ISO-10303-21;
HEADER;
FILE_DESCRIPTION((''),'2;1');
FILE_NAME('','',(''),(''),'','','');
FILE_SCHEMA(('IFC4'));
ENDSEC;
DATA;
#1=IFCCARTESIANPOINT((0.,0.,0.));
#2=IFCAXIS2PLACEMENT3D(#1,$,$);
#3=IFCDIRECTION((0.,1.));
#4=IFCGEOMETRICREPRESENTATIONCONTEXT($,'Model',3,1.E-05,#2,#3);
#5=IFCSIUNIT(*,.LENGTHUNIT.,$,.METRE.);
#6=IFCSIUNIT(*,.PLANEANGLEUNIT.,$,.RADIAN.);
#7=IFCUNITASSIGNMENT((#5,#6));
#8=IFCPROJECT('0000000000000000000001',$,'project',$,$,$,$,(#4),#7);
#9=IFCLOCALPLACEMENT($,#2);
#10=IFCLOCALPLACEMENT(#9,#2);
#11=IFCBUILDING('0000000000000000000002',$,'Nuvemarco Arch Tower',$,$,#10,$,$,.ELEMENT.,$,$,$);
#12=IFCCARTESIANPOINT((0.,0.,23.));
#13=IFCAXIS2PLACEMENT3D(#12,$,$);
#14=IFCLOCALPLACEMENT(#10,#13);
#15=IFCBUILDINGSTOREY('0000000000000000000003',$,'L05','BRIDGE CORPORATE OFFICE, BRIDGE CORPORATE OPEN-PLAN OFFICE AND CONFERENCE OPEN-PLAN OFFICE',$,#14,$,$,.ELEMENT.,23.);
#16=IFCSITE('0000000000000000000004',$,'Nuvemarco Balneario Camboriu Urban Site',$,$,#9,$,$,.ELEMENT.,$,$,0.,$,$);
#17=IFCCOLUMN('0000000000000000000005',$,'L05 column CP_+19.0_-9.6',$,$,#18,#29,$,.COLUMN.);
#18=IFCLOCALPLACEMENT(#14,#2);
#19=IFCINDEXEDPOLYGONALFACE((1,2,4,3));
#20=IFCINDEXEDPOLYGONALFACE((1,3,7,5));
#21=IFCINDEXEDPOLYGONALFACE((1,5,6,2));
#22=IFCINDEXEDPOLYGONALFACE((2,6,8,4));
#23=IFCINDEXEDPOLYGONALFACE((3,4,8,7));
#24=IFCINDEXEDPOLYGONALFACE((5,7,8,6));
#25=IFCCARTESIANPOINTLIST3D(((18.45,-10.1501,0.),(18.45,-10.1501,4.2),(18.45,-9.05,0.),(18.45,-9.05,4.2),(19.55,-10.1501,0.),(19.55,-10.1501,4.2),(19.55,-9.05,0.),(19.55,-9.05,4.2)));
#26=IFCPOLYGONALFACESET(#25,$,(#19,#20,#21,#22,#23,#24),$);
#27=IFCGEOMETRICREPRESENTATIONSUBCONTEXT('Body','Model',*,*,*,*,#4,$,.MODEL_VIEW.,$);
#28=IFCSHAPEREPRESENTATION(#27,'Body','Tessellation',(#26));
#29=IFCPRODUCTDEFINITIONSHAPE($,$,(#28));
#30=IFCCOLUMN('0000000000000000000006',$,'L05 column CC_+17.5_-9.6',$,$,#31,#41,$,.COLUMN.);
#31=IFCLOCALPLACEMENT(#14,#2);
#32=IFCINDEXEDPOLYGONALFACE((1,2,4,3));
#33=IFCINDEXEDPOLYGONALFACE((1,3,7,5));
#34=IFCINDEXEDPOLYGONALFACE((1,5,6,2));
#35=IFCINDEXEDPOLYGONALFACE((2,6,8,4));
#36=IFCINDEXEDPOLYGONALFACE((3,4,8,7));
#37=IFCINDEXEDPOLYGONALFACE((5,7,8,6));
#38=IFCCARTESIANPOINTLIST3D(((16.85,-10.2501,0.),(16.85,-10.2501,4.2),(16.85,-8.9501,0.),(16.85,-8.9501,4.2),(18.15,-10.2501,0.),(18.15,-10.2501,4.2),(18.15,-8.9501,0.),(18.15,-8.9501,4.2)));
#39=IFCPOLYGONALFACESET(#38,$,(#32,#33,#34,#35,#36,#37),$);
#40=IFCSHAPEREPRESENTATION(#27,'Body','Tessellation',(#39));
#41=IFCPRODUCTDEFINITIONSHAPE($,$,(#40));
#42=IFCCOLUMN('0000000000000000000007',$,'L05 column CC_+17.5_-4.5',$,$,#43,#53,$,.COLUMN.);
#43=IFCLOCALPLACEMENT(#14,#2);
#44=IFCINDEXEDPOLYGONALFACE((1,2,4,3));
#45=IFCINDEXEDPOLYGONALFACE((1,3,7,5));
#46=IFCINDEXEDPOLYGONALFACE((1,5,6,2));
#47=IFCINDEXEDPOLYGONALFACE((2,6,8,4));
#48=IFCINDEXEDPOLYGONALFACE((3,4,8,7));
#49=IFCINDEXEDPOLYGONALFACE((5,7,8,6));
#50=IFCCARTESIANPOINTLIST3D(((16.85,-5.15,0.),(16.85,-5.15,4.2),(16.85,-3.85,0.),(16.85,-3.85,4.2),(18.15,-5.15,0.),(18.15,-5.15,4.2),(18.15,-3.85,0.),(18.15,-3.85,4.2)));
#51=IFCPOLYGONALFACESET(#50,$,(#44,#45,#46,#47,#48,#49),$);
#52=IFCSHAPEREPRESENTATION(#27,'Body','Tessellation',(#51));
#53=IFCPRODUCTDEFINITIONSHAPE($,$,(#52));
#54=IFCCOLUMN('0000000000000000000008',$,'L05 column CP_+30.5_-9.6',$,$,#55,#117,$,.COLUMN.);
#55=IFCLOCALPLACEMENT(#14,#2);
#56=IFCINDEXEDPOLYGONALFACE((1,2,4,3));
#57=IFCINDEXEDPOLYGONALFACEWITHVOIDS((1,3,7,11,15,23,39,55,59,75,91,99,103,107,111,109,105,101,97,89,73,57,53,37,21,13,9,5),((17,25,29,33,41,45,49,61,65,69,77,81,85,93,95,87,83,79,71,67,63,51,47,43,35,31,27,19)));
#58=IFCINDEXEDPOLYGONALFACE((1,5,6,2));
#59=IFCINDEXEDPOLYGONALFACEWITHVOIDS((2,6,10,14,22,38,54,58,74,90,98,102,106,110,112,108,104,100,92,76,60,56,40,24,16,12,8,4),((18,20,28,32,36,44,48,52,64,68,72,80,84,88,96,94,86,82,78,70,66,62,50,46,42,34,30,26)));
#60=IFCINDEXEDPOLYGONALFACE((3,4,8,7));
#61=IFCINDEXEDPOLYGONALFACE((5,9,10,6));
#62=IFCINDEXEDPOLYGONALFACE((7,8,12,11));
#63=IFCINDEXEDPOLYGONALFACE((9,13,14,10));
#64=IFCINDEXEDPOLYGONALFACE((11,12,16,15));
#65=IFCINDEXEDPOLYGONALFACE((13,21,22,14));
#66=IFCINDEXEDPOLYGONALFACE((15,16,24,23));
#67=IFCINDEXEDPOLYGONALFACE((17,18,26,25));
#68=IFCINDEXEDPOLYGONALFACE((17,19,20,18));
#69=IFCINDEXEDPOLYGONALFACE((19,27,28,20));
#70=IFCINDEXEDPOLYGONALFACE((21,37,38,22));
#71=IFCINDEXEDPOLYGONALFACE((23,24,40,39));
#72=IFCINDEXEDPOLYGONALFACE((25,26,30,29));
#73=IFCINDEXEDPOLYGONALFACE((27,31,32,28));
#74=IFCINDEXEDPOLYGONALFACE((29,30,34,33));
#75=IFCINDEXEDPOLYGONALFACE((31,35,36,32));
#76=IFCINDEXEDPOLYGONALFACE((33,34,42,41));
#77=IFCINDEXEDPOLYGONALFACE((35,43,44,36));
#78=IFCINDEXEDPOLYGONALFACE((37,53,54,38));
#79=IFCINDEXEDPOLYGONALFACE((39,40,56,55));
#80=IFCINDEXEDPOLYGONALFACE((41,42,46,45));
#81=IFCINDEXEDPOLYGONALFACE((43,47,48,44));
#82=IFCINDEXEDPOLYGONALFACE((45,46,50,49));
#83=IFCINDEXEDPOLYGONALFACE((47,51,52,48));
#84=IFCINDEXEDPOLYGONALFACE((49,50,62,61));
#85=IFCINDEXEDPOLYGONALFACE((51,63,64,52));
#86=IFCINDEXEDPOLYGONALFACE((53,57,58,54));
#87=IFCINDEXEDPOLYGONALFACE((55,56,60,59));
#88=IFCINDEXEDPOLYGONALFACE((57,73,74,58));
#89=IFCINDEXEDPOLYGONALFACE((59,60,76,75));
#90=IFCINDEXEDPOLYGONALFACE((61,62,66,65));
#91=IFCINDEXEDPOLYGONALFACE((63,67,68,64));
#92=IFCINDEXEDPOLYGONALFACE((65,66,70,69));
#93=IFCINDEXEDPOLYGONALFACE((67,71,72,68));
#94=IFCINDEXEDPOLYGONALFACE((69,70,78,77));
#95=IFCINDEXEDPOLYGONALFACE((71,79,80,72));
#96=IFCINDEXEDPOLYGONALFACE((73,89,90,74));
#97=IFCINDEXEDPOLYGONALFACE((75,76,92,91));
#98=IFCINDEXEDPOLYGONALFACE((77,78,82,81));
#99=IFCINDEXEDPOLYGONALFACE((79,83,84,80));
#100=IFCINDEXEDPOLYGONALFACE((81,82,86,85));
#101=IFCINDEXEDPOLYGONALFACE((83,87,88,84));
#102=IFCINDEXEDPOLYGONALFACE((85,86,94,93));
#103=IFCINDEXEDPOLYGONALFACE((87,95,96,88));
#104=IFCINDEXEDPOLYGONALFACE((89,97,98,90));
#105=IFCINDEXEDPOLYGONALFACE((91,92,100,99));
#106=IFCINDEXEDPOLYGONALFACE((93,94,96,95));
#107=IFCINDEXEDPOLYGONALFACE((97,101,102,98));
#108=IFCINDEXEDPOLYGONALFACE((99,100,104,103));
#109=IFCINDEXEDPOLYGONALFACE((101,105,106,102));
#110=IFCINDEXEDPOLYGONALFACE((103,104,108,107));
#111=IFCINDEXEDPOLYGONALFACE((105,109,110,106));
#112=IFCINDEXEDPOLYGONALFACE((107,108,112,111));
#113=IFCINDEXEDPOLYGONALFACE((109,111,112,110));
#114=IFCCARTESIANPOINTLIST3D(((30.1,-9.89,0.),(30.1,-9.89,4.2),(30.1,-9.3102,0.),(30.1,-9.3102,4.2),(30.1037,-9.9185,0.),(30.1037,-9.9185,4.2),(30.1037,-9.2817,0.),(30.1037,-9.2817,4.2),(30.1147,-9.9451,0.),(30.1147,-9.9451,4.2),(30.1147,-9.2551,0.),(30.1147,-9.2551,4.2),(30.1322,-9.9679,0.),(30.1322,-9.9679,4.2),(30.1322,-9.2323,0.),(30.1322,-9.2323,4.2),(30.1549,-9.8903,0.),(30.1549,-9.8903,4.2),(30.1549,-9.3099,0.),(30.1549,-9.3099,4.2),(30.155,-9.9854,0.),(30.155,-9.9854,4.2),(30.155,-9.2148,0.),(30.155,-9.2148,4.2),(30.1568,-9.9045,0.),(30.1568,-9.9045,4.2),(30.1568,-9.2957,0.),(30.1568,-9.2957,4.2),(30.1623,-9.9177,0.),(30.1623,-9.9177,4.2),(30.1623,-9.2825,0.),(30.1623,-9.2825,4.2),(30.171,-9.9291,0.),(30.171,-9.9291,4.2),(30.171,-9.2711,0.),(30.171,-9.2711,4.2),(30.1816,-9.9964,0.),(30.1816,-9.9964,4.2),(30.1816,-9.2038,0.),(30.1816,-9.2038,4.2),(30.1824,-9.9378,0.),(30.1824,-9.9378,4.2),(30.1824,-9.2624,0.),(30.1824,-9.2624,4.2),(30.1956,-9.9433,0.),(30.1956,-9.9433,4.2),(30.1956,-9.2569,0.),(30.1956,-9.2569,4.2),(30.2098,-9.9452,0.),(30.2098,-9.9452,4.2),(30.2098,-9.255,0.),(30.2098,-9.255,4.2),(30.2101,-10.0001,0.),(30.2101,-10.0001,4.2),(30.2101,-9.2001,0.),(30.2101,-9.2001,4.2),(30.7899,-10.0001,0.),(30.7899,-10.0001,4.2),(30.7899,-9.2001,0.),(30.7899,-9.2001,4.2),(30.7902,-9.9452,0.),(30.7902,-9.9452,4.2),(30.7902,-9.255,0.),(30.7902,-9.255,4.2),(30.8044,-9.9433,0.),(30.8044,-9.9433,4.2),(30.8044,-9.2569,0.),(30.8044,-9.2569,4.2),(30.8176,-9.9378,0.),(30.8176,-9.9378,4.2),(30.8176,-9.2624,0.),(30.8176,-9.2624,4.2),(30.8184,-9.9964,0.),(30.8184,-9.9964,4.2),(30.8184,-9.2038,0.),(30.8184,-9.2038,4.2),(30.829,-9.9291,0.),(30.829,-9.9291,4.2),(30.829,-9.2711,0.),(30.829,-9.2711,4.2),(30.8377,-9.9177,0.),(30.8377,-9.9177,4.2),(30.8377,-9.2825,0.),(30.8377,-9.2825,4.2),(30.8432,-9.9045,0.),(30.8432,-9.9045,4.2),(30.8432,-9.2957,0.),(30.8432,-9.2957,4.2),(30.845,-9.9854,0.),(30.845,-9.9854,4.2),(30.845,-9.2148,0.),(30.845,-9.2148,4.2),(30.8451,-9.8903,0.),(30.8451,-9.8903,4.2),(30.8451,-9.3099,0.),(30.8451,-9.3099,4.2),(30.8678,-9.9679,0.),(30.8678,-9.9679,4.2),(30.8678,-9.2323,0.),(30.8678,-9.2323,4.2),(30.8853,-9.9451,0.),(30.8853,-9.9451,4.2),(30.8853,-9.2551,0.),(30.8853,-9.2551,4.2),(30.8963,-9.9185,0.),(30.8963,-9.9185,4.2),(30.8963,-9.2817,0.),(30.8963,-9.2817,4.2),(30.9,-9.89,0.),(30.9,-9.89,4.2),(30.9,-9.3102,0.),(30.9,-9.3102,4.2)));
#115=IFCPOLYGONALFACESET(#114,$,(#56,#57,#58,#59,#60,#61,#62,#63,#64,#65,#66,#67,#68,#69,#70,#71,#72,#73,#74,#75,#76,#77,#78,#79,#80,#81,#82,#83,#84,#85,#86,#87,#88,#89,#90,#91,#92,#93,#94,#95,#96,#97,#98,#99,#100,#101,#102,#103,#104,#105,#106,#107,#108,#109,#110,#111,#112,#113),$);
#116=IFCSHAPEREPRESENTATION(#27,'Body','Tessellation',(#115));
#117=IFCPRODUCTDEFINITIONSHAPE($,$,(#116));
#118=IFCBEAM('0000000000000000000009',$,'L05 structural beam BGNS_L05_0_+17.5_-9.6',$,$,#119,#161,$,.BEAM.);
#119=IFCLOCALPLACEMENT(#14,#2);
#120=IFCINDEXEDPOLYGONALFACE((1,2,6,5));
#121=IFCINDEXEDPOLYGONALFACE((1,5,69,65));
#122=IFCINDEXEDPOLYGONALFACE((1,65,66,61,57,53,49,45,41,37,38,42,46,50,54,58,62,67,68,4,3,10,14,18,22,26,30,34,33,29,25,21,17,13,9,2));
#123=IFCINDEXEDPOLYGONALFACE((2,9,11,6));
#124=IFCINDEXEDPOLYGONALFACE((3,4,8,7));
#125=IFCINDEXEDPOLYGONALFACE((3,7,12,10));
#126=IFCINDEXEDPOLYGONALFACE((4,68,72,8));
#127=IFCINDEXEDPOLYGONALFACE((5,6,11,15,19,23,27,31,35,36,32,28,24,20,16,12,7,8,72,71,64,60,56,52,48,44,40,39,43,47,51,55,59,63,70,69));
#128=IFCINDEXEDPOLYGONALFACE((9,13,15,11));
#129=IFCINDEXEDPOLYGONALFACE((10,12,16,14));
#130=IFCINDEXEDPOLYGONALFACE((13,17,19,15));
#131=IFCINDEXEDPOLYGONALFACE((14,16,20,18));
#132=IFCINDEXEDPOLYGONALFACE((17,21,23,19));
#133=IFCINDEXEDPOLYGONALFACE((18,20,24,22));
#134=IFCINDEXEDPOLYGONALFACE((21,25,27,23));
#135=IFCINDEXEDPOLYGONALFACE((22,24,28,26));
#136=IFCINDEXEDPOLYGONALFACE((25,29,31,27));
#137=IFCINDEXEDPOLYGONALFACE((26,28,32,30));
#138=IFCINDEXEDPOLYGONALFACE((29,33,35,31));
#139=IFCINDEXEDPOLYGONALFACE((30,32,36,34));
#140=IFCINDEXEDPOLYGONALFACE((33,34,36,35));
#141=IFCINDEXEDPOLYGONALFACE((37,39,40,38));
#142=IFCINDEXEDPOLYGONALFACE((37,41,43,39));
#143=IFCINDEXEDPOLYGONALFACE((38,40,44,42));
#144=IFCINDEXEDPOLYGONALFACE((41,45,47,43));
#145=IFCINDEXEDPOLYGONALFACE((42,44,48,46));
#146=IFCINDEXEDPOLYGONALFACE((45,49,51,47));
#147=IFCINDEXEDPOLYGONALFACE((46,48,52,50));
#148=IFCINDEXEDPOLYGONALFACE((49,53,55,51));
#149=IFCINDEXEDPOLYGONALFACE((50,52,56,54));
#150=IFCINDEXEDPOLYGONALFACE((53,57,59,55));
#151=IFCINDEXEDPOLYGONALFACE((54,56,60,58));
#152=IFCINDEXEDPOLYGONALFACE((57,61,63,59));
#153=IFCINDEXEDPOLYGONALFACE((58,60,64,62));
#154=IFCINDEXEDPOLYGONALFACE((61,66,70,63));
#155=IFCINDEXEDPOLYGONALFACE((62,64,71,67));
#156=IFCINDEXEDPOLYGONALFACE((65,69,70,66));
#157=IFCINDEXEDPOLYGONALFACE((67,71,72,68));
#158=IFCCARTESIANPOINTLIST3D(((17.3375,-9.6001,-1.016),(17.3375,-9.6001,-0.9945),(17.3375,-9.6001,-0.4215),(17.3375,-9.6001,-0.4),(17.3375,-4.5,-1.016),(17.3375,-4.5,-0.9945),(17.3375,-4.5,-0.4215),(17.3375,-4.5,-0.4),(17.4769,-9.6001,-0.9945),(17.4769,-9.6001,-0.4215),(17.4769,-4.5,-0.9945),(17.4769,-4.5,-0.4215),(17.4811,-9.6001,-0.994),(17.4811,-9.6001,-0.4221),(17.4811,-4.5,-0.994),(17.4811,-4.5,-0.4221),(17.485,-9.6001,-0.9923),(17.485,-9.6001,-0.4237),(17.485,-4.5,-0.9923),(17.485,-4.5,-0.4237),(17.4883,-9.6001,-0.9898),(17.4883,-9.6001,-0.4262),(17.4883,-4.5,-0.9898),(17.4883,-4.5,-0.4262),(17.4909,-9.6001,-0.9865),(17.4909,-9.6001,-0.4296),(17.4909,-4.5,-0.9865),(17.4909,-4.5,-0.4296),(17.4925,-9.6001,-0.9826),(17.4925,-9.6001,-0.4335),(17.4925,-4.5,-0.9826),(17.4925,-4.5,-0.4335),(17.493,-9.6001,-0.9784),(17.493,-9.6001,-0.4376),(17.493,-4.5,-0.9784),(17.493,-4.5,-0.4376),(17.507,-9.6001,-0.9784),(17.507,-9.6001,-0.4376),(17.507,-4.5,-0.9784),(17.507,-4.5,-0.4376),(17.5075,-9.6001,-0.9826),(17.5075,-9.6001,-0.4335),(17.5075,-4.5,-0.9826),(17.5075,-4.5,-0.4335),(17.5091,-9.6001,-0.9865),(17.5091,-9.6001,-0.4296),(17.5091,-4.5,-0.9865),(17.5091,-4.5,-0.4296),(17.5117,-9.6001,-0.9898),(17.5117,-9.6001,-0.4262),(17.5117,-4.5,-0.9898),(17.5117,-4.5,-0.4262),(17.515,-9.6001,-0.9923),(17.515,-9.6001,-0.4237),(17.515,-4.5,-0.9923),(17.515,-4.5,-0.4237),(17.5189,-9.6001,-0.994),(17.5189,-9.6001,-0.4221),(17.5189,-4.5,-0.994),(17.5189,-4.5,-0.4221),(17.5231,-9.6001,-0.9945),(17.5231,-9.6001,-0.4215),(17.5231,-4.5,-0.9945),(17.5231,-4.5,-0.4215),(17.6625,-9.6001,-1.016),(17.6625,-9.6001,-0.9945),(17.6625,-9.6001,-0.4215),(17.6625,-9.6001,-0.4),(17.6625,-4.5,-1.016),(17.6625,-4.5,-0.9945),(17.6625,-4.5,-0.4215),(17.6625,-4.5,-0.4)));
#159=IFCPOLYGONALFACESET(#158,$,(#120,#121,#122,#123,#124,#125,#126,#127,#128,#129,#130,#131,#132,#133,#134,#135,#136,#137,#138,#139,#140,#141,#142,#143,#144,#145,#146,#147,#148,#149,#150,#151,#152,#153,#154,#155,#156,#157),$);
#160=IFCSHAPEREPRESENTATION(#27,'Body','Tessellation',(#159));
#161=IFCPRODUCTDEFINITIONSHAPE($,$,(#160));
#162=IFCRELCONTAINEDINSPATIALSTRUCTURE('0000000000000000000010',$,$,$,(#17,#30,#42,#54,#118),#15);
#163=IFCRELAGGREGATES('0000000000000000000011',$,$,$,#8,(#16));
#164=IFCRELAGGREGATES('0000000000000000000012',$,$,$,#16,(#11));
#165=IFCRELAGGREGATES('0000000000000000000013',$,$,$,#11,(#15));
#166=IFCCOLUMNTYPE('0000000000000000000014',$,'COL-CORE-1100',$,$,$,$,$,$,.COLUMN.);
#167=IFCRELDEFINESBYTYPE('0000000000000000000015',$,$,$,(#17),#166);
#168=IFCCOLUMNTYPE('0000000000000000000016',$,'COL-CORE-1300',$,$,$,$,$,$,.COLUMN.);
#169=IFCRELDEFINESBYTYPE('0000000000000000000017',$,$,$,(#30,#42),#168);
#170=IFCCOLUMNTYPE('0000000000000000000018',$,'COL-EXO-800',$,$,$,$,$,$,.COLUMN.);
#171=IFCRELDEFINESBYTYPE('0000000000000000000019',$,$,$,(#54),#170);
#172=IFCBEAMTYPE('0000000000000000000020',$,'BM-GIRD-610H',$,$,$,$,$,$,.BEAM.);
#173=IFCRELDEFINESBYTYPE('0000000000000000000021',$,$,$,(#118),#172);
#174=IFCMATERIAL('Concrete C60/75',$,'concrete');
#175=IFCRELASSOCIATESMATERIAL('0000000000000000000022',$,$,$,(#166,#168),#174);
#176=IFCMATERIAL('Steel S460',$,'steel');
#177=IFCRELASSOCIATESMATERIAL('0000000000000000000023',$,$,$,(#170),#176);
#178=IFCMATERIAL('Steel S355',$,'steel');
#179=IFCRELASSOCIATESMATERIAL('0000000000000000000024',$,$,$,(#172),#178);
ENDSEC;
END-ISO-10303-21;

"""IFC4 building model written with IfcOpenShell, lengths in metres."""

from ifc_helpers import new_model, si_unit, direction, frame, origin, origin_2d, place, context, subcontext, project, spatial, rectangle, hollow_rectangle, i_section, extrude, material, material_profile, profile_set, type_object, element, save


model = new_model("IFC4")

# Units and contexts
model_context = context("Model", 3, precision=1e-05, world=origin(), true_north=direction((0.0, 1.0)))
body_context = subcontext(model_context, "Body", "Model", "MODEL_VIEW")
ifc_project = project(units=[si_unit("LENGTHUNIT", "METRE"), si_unit("PLANEANGLEUNIT", "RADIAN")], contexts=[model_context])

# Site, building, storey
site_placement = place(None, origin())
site = spatial("IfcSite", under=ifc_project, at=site_placement, Name="Nuvemarco Balneario Camboriu Urban Site", CompositionType="ELEMENT", RefElevation=0.0)
building_placement = place(site_placement, origin())
building = spatial("IfcBuilding", under=site, at=building_placement, Name="Nuvemarco Arch Tower", CompositionType="ELEMENT")
storey_placement = place(building_placement, frame((0.0, 0.0, 23.0)))
storey = spatial("IfcBuildingStorey", under=building, at=storey_placement, Name="L05", Description="BRIDGE CORPORATE OFFICE, BRIDGE CORPORATE OPEN-PLAN OFFICE AND CONFERENCE OPEN-PLAN OFFICE", CompositionType="ELEMENT", Elevation=23.0)

# Columns
ifc_material_1 = material(Name="Concrete C60/75", Category="concrete")
ifc_material_profile_1 = material_profile(ifc_material_1, rectangle(XDim=1.1001, YDim=1.1001, at=origin_2d()), Name="RC-COL-1100x1100")
ifc_profile_set_1 = profile_set([ifc_material_profile_1], Name="Concrete C60/75")
column_type_1 = type_object("IfcColumnType", Name="COL-CORE-1100", PredefinedType="COLUMN", material=ifc_profile_set_1)
column_1_placement = place(storey_placement, frame((19.0, -9.6001, 0.0), z_axis=(0.0, 0.0, 1.0), x_axis=(1.0, 0.0, 0.0)))
element("IfcColumn", 1, at=column_1_placement, inside=storey, type_object=column_type_1, Name="L05 column CP_+19.0_-9.6", PredefinedType="COLUMN", context=body_context, shape_type="SweptSolid", body=[
    extrude(rectangle(XDim=1.1001, YDim=1.1001, at=origin_2d()), origin(), (0.0, 0.0, 1.0), 4.2),
])
ifc_material_profile_2 = material_profile(ifc_material_1, rectangle(XDim=1.3, YDim=1.3, at=origin_2d()), Name="RC-COL-1300x1300")
ifc_profile_set_2 = profile_set([ifc_material_profile_2], Name="Concrete C60/75")
column_type_2 = type_object("IfcColumnType", Name="COL-CORE-1300", PredefinedType="COLUMN", material=ifc_profile_set_2)
for number, where, z_axis, x_axis, name in (
    (2, (17.5, -9.6001, 0.0), (0.0, 0.0, 1.0), (1.0, 0.0, 0.0), "L05 column CC_+17.5_-9.6"),
    (3, (17.5, -4.5, 0.0), (0.0, 0.0, 1.0), (1.0, 0.0, 0.0), "L05 column CC_+17.5_-4.5"),
):
    element("IfcColumn", number, at=place(storey_placement, frame(where, z_axis=z_axis, x_axis=x_axis)), inside=storey, type_object=column_type_2, Name=name, PredefinedType="COLUMN", context=body_context, shape_type="SweptSolid", body=[
        extrude(rectangle(XDim=1.3, YDim=1.3, at=origin_2d()), origin(), (0.0, 0.0, 1.0), 4.2),
    ])
ifc_material_2 = material(Name="Steel S460", Category="steel")
ifc_material_profile_3 = material_profile(ifc_material_2, hollow_rectangle(XDim=0.8, YDim=0.8, WallThickness=0.0549, InnerFilletRadius=0.0549, OuterFilletRadius=0.1101, at=origin_2d()), Name="SHS800x800x55")
ifc_profile_set_3 = profile_set([ifc_material_profile_3], Name="Steel S460")
column_type_3 = type_object("IfcColumnType", Name="COL-EXO-800", PredefinedType="COLUMN", material=ifc_profile_set_3)
column_2_placement = place(storey_placement, frame((30.5, -9.6001, 0.0), z_axis=(0.0, 0.0, 1.0), x_axis=(1.0, 0.0, 0.0)))
element("IfcColumn", 4, at=column_2_placement, inside=storey, type_object=column_type_3, Name="L05 column CP_+30.5_-9.6", PredefinedType="COLUMN", context=body_context, shape_type="SweptSolid", body=[
    extrude(hollow_rectangle(XDim=0.8, YDim=0.8, WallThickness=0.0549, InnerFilletRadius=0.0549, OuterFilletRadius=0.1101, at=origin_2d()), origin(), (0.0, 0.0, 1.0), 4.2),
])

# Beam
ifc_material_3 = material(Name="Steel S355", Category="steel")
ifc_material_profile_4 = material_profile(ifc_material_3, i_section(OverallWidth=0.325, OverallDepth=0.616, WebThickness=0.0139, FlangeThickness=0.0215, FilletRadius=0.0161, at=origin_2d()), Name="W610x174")
ifc_profile_set_4 = profile_set([ifc_material_profile_4], Name="Steel S355")
beam_type_1 = type_object("IfcBeamType", Name="BM-GIRD-610H", PredefinedType="BEAM", material=ifc_profile_set_4)
beam_1_placement = place(storey_placement, frame((17.5, -9.6001, -0.708), z_axis=(0.0, 1.0, 0.0), x_axis=(-1.0, 0.0, 0.0)))
element("IfcBeam", 5, at=beam_1_placement, inside=storey, type_object=beam_type_1, Name="L05 structural beam BGNS_L05_0_+17.5_-9.6", PredefinedType="BEAM", context=body_context, shape_type="SweptSolid", body=[
    extrude(i_section(OverallWidth=0.325, OverallDepth=0.616, WebThickness=0.0139, FlangeThickness=0.0215, FilletRadius=0.0161, at=origin_2d()), origin(), (0.0, 0.0, 1.0), 5.1001),
])

save(model, "model.ifc")
